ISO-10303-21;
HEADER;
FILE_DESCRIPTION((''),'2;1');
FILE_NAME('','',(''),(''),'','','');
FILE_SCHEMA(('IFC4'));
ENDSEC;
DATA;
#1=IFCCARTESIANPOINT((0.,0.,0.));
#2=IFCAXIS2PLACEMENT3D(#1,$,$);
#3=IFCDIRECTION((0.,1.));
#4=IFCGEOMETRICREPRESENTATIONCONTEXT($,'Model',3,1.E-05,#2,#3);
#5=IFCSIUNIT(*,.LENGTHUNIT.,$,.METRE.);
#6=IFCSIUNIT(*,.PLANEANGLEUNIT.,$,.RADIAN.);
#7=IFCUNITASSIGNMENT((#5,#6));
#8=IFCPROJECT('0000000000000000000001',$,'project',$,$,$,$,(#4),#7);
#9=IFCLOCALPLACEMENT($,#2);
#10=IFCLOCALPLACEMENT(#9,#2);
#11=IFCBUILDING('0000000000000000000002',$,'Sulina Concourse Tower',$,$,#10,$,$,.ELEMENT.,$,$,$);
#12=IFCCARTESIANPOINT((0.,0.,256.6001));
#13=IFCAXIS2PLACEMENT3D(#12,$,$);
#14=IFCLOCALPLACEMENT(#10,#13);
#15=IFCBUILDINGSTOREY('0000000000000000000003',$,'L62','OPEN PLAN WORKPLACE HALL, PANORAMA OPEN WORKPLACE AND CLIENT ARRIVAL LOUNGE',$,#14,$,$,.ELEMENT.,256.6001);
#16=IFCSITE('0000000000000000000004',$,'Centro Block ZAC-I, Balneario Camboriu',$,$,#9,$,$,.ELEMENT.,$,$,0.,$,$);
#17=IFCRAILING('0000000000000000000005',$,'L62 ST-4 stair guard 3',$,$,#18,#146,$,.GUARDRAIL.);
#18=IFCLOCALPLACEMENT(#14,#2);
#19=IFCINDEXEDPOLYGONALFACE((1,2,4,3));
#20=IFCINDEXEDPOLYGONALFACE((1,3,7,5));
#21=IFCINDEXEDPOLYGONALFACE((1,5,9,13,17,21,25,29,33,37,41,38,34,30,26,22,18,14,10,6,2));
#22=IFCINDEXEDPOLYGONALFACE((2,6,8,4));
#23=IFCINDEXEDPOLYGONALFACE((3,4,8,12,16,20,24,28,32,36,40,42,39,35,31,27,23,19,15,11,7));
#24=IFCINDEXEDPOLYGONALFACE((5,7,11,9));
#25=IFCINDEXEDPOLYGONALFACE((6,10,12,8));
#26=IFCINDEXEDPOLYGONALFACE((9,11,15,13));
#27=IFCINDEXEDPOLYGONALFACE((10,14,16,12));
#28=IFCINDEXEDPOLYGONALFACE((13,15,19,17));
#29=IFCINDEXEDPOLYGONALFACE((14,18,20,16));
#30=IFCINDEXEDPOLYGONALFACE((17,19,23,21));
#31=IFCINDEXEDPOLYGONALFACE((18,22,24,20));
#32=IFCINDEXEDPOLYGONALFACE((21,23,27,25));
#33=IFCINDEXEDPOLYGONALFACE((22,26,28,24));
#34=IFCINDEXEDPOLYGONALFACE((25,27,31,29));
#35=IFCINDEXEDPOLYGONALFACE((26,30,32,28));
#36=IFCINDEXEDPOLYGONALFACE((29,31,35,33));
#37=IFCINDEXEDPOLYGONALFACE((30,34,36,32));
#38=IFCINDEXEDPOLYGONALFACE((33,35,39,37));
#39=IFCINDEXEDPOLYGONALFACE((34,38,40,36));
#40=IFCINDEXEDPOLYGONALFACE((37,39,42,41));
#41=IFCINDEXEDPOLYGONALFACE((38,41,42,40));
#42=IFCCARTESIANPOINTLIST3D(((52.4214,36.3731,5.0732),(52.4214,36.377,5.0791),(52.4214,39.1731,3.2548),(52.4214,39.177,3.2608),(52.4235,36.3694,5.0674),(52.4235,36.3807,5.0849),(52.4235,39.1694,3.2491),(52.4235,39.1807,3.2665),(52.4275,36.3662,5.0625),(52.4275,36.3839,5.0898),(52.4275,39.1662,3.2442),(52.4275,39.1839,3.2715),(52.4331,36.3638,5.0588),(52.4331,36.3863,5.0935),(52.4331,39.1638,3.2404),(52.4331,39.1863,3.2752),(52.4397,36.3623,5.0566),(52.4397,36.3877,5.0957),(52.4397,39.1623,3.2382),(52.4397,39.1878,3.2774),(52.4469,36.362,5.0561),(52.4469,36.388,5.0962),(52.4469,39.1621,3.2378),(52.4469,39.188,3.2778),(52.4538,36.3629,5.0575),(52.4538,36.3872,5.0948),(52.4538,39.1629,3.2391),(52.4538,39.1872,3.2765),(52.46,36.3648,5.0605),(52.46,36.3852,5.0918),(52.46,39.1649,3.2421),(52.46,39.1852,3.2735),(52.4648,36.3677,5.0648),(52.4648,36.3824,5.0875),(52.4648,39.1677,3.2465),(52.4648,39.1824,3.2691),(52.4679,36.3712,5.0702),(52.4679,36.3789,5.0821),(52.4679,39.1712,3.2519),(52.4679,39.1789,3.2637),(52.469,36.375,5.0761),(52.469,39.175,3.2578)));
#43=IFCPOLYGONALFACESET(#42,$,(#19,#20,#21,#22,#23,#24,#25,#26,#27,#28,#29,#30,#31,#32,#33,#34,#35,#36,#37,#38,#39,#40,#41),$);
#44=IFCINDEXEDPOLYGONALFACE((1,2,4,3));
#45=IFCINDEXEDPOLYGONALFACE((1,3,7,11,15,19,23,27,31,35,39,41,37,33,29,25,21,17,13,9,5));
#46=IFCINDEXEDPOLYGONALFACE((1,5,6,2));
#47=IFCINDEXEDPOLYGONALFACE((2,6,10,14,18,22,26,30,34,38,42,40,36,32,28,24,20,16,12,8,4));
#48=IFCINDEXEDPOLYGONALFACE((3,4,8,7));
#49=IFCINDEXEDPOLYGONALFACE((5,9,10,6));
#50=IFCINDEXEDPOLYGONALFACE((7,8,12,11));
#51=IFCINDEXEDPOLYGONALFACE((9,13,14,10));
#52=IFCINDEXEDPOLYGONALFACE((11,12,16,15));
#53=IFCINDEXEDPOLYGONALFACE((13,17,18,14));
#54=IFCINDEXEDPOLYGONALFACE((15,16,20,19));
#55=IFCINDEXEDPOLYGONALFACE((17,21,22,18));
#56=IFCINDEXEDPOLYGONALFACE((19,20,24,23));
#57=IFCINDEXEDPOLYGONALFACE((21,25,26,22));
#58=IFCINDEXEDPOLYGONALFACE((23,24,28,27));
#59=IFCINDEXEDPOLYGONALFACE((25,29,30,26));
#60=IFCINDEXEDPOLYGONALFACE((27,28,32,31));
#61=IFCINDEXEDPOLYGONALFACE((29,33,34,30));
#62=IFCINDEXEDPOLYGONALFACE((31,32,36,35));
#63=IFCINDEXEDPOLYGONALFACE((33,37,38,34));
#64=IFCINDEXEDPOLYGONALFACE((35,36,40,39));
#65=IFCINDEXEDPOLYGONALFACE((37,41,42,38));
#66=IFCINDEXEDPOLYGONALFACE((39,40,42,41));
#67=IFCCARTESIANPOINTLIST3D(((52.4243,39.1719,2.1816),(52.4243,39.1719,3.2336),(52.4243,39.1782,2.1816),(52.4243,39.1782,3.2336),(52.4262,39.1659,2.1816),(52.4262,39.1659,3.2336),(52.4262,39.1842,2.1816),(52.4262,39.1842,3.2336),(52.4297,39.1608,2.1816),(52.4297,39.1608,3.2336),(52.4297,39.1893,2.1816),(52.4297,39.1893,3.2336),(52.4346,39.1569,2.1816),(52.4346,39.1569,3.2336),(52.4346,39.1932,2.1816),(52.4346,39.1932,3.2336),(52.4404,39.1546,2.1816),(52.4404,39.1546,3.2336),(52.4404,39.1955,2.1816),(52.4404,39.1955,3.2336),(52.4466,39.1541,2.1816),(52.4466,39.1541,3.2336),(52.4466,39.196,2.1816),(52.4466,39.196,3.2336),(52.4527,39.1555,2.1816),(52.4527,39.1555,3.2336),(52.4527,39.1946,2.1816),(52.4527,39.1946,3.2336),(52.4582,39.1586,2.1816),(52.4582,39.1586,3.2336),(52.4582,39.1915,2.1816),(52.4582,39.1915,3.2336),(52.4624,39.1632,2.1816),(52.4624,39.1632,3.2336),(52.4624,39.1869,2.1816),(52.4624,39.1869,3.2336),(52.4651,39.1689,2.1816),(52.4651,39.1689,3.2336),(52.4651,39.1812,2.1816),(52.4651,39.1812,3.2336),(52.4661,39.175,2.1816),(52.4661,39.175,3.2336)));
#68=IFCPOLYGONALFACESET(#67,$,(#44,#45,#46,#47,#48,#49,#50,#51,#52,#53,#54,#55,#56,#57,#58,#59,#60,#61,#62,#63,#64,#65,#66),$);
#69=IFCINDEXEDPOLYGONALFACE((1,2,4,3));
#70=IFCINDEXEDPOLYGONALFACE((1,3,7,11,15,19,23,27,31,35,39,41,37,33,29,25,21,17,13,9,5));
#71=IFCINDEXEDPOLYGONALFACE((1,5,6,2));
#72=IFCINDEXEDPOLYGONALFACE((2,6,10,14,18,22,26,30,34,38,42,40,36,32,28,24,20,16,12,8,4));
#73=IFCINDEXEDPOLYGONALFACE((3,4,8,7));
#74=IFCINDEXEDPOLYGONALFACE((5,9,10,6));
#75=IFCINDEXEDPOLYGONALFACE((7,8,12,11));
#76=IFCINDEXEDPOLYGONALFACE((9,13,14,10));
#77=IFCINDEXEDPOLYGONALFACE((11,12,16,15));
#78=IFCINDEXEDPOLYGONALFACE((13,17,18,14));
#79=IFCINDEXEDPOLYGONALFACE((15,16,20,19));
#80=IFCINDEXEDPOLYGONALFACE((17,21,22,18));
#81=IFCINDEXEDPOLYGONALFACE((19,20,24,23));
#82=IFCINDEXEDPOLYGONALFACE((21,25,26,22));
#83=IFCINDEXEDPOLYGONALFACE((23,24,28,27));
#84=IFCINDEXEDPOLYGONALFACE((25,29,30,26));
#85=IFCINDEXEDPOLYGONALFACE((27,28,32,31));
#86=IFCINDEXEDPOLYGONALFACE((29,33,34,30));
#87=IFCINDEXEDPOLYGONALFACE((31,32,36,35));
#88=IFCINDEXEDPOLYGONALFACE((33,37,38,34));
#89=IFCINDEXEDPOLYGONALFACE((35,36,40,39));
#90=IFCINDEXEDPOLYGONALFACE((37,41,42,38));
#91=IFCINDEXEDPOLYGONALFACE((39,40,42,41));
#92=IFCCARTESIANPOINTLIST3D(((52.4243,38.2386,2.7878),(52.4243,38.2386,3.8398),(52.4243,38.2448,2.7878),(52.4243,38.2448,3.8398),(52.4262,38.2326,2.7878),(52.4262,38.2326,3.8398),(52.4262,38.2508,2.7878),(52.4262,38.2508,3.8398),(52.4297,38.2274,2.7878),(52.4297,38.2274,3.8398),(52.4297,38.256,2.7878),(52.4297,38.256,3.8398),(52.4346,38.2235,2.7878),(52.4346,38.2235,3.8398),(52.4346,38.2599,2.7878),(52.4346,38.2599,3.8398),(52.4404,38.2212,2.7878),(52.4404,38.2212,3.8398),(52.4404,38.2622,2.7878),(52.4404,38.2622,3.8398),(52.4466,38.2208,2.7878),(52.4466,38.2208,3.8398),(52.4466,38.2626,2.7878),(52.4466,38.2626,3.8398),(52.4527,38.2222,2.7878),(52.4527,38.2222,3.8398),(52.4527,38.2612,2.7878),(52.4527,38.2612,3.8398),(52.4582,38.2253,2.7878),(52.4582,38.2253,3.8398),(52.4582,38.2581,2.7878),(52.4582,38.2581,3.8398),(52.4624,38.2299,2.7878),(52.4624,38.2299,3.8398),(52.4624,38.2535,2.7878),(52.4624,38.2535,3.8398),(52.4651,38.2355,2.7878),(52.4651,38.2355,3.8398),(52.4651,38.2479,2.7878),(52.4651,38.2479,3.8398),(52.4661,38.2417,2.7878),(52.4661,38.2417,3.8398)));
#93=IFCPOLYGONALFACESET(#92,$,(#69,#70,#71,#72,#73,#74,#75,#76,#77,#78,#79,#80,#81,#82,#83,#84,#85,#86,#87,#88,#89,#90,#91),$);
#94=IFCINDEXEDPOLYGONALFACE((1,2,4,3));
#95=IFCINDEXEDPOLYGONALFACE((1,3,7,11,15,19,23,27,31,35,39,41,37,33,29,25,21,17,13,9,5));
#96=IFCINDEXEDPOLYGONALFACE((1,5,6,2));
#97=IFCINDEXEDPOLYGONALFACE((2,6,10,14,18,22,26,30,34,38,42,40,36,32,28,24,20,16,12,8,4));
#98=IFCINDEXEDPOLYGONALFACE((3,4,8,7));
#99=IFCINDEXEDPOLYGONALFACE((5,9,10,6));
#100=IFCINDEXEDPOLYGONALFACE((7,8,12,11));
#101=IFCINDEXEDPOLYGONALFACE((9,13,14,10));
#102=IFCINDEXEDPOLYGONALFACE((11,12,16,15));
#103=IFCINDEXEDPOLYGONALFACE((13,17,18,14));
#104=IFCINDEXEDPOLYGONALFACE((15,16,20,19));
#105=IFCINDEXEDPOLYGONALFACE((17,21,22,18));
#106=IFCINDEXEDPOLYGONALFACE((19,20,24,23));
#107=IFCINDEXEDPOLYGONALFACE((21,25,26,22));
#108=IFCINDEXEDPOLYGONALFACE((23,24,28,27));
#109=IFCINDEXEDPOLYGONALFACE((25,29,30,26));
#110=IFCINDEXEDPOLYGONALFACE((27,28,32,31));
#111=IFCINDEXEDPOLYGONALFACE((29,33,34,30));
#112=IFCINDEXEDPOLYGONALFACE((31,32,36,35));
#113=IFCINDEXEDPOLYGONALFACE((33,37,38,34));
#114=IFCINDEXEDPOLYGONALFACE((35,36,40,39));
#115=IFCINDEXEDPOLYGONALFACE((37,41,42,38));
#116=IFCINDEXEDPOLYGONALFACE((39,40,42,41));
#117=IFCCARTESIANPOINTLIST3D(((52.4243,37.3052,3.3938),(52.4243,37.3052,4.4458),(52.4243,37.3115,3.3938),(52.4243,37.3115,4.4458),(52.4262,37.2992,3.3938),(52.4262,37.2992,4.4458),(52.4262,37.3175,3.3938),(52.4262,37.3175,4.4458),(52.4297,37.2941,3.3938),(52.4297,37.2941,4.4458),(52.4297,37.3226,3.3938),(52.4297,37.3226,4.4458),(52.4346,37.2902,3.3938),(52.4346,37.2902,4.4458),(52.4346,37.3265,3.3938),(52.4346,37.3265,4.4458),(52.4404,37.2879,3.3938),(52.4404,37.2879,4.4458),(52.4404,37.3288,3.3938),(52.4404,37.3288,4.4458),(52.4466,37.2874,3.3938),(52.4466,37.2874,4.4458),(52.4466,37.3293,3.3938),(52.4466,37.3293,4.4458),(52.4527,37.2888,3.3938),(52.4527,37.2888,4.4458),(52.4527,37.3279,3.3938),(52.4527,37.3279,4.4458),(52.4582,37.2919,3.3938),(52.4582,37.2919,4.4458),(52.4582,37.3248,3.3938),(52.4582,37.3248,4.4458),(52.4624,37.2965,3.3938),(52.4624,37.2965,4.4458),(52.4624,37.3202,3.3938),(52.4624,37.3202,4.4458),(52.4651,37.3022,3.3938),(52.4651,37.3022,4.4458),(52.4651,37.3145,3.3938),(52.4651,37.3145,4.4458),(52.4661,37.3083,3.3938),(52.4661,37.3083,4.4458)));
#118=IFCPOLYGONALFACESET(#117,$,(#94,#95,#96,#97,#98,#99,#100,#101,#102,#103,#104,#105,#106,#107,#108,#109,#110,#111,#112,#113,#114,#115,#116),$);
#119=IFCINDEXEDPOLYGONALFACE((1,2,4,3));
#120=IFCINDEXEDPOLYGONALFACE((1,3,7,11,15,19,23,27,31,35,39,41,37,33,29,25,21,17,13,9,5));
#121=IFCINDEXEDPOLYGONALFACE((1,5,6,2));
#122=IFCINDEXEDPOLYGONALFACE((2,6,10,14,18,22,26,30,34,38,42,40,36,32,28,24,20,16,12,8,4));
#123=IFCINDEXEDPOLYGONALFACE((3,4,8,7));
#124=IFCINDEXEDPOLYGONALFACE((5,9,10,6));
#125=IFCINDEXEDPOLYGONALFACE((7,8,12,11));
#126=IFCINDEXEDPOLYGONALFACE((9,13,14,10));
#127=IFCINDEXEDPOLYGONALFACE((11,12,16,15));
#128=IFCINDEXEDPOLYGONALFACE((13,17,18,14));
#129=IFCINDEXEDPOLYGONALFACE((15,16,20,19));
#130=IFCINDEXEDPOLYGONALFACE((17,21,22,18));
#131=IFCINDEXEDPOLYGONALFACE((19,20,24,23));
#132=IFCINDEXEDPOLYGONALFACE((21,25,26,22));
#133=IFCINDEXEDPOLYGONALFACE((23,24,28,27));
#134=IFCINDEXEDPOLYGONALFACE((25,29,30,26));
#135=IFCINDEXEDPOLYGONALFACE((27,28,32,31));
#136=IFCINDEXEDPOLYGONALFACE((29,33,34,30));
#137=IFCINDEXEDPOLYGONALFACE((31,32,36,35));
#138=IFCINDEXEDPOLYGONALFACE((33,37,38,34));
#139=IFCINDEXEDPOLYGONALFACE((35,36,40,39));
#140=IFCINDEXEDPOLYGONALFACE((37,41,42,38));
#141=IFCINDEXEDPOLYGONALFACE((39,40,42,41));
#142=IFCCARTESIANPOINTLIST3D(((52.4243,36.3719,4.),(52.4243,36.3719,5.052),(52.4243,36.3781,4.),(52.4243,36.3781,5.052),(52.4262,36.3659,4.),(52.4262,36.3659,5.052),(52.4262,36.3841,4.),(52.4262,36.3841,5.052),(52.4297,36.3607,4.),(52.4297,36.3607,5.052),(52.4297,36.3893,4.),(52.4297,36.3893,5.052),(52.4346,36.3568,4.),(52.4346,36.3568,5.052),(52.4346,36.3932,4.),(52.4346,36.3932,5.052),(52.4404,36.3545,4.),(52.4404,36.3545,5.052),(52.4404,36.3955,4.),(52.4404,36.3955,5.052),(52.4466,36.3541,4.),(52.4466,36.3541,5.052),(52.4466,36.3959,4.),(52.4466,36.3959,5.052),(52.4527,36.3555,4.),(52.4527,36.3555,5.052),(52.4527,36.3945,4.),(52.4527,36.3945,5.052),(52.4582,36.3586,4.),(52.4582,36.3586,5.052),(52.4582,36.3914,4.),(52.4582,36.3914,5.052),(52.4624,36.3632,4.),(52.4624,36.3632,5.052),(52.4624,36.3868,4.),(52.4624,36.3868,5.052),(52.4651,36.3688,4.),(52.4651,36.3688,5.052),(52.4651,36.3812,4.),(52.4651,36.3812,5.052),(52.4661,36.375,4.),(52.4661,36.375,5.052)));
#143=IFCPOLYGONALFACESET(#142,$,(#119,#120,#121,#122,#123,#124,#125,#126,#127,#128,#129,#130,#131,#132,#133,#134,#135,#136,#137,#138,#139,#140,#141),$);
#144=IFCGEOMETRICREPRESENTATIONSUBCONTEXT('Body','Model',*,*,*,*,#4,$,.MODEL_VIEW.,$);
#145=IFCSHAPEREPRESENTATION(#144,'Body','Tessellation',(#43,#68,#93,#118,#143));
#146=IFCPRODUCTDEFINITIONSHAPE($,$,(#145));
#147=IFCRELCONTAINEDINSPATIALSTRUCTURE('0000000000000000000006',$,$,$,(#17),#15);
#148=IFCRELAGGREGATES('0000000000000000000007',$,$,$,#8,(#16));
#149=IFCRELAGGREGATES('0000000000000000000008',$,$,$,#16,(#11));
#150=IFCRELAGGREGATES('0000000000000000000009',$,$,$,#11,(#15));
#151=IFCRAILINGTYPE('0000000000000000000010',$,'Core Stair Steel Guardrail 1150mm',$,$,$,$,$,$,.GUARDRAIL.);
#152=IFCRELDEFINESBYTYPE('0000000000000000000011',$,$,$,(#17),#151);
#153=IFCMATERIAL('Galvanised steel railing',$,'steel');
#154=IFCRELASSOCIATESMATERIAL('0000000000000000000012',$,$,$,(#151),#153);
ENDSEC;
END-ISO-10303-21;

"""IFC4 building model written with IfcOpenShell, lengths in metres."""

from ifc_helpers import new_model, si_unit, direction, frame, origin, origin_2d, place, context, subcontext, project, spatial, circle, extrude, material, type_object, element, save


model = new_model("IFC4")

# Units and contexts
model_context = context("Model", 3, precision=1e-05, world=origin(), true_north=direction((0.0, 1.0)))
body_context = subcontext(model_context, "Body", "Model", "MODEL_VIEW")
ifc_project = project(units=[si_unit("LENGTHUNIT", "METRE"), si_unit("PLANEANGLEUNIT", "RADIAN")], contexts=[model_context])

# Site, building, storey
site_placement = place(None, origin())
site = spatial("IfcSite", under=ifc_project, at=site_placement, Name="Centro Block ZAC-I, Balneario Camboriu", CompositionType="ELEMENT", RefElevation=0.0)
building_placement = place(site_placement, origin())
building = spatial("IfcBuilding", under=site, at=building_placement, Name="Sulina Concourse Tower", CompositionType="ELEMENT")
storey_placement = place(building_placement, frame((0.0, 0.0, 256.6001)))
storey = spatial("IfcBuildingStorey", under=building, at=storey_placement, Name="L62", Description="OPEN PLAN WORKPLACE HALL, PANORAMA OPEN WORKPLACE AND CLIENT ARRIVAL LOUNGE", CompositionType="ELEMENT", Elevation=256.6001)

# Railing
ifc_material_1 = material(Name="Galvanised steel railing", Category="steel")
railing_type_1 = type_object("IfcRailingType", Name="Core Stair Steel Guardrail 1150mm", PredefinedType="GUARDRAIL", material=ifc_material_1)
railing_1_placement = place(storey_placement, frame((52.4451, 39.175, 2.1816)))
element("IfcRailing", 1, at=railing_1_placement, inside=storey, type_object=railing_type_1, Name="L62 ST-4 stair guard 3", PredefinedType="GUARDRAIL", context=body_context, shape_type="SweptSolid", body=[
    extrude(circle(Radius=0.0239, at=origin_2d()), frame((0.0, 0.0, 1.0762), z_axis=(0.0, -0.838672, 0.544636), x_axis=(1.0, 0.0, 0.0)), (0.0, 0.0, 1.0), 3.3386),
    extrude(circle(Radius=0.021, at=origin_2d()), origin(), (0.0, 0.0, 1.0), 1.052),
    extrude(circle(Radius=0.021, at=origin_2d()), frame((0.0, -0.9333, 0.6062)), (0.0, 0.0, 1.0), 1.052),
    extrude(circle(Radius=0.021, at=origin_2d()), frame((0.0, -1.8667, 1.2122)), (0.0, 0.0, 1.0), 1.052),
    extrude(circle(Radius=0.021, at=origin_2d()), frame((0.0, -2.8, 1.8184)), (0.0, 0.0, 1.0), 1.052),
])

save(model, "model.ifc")
